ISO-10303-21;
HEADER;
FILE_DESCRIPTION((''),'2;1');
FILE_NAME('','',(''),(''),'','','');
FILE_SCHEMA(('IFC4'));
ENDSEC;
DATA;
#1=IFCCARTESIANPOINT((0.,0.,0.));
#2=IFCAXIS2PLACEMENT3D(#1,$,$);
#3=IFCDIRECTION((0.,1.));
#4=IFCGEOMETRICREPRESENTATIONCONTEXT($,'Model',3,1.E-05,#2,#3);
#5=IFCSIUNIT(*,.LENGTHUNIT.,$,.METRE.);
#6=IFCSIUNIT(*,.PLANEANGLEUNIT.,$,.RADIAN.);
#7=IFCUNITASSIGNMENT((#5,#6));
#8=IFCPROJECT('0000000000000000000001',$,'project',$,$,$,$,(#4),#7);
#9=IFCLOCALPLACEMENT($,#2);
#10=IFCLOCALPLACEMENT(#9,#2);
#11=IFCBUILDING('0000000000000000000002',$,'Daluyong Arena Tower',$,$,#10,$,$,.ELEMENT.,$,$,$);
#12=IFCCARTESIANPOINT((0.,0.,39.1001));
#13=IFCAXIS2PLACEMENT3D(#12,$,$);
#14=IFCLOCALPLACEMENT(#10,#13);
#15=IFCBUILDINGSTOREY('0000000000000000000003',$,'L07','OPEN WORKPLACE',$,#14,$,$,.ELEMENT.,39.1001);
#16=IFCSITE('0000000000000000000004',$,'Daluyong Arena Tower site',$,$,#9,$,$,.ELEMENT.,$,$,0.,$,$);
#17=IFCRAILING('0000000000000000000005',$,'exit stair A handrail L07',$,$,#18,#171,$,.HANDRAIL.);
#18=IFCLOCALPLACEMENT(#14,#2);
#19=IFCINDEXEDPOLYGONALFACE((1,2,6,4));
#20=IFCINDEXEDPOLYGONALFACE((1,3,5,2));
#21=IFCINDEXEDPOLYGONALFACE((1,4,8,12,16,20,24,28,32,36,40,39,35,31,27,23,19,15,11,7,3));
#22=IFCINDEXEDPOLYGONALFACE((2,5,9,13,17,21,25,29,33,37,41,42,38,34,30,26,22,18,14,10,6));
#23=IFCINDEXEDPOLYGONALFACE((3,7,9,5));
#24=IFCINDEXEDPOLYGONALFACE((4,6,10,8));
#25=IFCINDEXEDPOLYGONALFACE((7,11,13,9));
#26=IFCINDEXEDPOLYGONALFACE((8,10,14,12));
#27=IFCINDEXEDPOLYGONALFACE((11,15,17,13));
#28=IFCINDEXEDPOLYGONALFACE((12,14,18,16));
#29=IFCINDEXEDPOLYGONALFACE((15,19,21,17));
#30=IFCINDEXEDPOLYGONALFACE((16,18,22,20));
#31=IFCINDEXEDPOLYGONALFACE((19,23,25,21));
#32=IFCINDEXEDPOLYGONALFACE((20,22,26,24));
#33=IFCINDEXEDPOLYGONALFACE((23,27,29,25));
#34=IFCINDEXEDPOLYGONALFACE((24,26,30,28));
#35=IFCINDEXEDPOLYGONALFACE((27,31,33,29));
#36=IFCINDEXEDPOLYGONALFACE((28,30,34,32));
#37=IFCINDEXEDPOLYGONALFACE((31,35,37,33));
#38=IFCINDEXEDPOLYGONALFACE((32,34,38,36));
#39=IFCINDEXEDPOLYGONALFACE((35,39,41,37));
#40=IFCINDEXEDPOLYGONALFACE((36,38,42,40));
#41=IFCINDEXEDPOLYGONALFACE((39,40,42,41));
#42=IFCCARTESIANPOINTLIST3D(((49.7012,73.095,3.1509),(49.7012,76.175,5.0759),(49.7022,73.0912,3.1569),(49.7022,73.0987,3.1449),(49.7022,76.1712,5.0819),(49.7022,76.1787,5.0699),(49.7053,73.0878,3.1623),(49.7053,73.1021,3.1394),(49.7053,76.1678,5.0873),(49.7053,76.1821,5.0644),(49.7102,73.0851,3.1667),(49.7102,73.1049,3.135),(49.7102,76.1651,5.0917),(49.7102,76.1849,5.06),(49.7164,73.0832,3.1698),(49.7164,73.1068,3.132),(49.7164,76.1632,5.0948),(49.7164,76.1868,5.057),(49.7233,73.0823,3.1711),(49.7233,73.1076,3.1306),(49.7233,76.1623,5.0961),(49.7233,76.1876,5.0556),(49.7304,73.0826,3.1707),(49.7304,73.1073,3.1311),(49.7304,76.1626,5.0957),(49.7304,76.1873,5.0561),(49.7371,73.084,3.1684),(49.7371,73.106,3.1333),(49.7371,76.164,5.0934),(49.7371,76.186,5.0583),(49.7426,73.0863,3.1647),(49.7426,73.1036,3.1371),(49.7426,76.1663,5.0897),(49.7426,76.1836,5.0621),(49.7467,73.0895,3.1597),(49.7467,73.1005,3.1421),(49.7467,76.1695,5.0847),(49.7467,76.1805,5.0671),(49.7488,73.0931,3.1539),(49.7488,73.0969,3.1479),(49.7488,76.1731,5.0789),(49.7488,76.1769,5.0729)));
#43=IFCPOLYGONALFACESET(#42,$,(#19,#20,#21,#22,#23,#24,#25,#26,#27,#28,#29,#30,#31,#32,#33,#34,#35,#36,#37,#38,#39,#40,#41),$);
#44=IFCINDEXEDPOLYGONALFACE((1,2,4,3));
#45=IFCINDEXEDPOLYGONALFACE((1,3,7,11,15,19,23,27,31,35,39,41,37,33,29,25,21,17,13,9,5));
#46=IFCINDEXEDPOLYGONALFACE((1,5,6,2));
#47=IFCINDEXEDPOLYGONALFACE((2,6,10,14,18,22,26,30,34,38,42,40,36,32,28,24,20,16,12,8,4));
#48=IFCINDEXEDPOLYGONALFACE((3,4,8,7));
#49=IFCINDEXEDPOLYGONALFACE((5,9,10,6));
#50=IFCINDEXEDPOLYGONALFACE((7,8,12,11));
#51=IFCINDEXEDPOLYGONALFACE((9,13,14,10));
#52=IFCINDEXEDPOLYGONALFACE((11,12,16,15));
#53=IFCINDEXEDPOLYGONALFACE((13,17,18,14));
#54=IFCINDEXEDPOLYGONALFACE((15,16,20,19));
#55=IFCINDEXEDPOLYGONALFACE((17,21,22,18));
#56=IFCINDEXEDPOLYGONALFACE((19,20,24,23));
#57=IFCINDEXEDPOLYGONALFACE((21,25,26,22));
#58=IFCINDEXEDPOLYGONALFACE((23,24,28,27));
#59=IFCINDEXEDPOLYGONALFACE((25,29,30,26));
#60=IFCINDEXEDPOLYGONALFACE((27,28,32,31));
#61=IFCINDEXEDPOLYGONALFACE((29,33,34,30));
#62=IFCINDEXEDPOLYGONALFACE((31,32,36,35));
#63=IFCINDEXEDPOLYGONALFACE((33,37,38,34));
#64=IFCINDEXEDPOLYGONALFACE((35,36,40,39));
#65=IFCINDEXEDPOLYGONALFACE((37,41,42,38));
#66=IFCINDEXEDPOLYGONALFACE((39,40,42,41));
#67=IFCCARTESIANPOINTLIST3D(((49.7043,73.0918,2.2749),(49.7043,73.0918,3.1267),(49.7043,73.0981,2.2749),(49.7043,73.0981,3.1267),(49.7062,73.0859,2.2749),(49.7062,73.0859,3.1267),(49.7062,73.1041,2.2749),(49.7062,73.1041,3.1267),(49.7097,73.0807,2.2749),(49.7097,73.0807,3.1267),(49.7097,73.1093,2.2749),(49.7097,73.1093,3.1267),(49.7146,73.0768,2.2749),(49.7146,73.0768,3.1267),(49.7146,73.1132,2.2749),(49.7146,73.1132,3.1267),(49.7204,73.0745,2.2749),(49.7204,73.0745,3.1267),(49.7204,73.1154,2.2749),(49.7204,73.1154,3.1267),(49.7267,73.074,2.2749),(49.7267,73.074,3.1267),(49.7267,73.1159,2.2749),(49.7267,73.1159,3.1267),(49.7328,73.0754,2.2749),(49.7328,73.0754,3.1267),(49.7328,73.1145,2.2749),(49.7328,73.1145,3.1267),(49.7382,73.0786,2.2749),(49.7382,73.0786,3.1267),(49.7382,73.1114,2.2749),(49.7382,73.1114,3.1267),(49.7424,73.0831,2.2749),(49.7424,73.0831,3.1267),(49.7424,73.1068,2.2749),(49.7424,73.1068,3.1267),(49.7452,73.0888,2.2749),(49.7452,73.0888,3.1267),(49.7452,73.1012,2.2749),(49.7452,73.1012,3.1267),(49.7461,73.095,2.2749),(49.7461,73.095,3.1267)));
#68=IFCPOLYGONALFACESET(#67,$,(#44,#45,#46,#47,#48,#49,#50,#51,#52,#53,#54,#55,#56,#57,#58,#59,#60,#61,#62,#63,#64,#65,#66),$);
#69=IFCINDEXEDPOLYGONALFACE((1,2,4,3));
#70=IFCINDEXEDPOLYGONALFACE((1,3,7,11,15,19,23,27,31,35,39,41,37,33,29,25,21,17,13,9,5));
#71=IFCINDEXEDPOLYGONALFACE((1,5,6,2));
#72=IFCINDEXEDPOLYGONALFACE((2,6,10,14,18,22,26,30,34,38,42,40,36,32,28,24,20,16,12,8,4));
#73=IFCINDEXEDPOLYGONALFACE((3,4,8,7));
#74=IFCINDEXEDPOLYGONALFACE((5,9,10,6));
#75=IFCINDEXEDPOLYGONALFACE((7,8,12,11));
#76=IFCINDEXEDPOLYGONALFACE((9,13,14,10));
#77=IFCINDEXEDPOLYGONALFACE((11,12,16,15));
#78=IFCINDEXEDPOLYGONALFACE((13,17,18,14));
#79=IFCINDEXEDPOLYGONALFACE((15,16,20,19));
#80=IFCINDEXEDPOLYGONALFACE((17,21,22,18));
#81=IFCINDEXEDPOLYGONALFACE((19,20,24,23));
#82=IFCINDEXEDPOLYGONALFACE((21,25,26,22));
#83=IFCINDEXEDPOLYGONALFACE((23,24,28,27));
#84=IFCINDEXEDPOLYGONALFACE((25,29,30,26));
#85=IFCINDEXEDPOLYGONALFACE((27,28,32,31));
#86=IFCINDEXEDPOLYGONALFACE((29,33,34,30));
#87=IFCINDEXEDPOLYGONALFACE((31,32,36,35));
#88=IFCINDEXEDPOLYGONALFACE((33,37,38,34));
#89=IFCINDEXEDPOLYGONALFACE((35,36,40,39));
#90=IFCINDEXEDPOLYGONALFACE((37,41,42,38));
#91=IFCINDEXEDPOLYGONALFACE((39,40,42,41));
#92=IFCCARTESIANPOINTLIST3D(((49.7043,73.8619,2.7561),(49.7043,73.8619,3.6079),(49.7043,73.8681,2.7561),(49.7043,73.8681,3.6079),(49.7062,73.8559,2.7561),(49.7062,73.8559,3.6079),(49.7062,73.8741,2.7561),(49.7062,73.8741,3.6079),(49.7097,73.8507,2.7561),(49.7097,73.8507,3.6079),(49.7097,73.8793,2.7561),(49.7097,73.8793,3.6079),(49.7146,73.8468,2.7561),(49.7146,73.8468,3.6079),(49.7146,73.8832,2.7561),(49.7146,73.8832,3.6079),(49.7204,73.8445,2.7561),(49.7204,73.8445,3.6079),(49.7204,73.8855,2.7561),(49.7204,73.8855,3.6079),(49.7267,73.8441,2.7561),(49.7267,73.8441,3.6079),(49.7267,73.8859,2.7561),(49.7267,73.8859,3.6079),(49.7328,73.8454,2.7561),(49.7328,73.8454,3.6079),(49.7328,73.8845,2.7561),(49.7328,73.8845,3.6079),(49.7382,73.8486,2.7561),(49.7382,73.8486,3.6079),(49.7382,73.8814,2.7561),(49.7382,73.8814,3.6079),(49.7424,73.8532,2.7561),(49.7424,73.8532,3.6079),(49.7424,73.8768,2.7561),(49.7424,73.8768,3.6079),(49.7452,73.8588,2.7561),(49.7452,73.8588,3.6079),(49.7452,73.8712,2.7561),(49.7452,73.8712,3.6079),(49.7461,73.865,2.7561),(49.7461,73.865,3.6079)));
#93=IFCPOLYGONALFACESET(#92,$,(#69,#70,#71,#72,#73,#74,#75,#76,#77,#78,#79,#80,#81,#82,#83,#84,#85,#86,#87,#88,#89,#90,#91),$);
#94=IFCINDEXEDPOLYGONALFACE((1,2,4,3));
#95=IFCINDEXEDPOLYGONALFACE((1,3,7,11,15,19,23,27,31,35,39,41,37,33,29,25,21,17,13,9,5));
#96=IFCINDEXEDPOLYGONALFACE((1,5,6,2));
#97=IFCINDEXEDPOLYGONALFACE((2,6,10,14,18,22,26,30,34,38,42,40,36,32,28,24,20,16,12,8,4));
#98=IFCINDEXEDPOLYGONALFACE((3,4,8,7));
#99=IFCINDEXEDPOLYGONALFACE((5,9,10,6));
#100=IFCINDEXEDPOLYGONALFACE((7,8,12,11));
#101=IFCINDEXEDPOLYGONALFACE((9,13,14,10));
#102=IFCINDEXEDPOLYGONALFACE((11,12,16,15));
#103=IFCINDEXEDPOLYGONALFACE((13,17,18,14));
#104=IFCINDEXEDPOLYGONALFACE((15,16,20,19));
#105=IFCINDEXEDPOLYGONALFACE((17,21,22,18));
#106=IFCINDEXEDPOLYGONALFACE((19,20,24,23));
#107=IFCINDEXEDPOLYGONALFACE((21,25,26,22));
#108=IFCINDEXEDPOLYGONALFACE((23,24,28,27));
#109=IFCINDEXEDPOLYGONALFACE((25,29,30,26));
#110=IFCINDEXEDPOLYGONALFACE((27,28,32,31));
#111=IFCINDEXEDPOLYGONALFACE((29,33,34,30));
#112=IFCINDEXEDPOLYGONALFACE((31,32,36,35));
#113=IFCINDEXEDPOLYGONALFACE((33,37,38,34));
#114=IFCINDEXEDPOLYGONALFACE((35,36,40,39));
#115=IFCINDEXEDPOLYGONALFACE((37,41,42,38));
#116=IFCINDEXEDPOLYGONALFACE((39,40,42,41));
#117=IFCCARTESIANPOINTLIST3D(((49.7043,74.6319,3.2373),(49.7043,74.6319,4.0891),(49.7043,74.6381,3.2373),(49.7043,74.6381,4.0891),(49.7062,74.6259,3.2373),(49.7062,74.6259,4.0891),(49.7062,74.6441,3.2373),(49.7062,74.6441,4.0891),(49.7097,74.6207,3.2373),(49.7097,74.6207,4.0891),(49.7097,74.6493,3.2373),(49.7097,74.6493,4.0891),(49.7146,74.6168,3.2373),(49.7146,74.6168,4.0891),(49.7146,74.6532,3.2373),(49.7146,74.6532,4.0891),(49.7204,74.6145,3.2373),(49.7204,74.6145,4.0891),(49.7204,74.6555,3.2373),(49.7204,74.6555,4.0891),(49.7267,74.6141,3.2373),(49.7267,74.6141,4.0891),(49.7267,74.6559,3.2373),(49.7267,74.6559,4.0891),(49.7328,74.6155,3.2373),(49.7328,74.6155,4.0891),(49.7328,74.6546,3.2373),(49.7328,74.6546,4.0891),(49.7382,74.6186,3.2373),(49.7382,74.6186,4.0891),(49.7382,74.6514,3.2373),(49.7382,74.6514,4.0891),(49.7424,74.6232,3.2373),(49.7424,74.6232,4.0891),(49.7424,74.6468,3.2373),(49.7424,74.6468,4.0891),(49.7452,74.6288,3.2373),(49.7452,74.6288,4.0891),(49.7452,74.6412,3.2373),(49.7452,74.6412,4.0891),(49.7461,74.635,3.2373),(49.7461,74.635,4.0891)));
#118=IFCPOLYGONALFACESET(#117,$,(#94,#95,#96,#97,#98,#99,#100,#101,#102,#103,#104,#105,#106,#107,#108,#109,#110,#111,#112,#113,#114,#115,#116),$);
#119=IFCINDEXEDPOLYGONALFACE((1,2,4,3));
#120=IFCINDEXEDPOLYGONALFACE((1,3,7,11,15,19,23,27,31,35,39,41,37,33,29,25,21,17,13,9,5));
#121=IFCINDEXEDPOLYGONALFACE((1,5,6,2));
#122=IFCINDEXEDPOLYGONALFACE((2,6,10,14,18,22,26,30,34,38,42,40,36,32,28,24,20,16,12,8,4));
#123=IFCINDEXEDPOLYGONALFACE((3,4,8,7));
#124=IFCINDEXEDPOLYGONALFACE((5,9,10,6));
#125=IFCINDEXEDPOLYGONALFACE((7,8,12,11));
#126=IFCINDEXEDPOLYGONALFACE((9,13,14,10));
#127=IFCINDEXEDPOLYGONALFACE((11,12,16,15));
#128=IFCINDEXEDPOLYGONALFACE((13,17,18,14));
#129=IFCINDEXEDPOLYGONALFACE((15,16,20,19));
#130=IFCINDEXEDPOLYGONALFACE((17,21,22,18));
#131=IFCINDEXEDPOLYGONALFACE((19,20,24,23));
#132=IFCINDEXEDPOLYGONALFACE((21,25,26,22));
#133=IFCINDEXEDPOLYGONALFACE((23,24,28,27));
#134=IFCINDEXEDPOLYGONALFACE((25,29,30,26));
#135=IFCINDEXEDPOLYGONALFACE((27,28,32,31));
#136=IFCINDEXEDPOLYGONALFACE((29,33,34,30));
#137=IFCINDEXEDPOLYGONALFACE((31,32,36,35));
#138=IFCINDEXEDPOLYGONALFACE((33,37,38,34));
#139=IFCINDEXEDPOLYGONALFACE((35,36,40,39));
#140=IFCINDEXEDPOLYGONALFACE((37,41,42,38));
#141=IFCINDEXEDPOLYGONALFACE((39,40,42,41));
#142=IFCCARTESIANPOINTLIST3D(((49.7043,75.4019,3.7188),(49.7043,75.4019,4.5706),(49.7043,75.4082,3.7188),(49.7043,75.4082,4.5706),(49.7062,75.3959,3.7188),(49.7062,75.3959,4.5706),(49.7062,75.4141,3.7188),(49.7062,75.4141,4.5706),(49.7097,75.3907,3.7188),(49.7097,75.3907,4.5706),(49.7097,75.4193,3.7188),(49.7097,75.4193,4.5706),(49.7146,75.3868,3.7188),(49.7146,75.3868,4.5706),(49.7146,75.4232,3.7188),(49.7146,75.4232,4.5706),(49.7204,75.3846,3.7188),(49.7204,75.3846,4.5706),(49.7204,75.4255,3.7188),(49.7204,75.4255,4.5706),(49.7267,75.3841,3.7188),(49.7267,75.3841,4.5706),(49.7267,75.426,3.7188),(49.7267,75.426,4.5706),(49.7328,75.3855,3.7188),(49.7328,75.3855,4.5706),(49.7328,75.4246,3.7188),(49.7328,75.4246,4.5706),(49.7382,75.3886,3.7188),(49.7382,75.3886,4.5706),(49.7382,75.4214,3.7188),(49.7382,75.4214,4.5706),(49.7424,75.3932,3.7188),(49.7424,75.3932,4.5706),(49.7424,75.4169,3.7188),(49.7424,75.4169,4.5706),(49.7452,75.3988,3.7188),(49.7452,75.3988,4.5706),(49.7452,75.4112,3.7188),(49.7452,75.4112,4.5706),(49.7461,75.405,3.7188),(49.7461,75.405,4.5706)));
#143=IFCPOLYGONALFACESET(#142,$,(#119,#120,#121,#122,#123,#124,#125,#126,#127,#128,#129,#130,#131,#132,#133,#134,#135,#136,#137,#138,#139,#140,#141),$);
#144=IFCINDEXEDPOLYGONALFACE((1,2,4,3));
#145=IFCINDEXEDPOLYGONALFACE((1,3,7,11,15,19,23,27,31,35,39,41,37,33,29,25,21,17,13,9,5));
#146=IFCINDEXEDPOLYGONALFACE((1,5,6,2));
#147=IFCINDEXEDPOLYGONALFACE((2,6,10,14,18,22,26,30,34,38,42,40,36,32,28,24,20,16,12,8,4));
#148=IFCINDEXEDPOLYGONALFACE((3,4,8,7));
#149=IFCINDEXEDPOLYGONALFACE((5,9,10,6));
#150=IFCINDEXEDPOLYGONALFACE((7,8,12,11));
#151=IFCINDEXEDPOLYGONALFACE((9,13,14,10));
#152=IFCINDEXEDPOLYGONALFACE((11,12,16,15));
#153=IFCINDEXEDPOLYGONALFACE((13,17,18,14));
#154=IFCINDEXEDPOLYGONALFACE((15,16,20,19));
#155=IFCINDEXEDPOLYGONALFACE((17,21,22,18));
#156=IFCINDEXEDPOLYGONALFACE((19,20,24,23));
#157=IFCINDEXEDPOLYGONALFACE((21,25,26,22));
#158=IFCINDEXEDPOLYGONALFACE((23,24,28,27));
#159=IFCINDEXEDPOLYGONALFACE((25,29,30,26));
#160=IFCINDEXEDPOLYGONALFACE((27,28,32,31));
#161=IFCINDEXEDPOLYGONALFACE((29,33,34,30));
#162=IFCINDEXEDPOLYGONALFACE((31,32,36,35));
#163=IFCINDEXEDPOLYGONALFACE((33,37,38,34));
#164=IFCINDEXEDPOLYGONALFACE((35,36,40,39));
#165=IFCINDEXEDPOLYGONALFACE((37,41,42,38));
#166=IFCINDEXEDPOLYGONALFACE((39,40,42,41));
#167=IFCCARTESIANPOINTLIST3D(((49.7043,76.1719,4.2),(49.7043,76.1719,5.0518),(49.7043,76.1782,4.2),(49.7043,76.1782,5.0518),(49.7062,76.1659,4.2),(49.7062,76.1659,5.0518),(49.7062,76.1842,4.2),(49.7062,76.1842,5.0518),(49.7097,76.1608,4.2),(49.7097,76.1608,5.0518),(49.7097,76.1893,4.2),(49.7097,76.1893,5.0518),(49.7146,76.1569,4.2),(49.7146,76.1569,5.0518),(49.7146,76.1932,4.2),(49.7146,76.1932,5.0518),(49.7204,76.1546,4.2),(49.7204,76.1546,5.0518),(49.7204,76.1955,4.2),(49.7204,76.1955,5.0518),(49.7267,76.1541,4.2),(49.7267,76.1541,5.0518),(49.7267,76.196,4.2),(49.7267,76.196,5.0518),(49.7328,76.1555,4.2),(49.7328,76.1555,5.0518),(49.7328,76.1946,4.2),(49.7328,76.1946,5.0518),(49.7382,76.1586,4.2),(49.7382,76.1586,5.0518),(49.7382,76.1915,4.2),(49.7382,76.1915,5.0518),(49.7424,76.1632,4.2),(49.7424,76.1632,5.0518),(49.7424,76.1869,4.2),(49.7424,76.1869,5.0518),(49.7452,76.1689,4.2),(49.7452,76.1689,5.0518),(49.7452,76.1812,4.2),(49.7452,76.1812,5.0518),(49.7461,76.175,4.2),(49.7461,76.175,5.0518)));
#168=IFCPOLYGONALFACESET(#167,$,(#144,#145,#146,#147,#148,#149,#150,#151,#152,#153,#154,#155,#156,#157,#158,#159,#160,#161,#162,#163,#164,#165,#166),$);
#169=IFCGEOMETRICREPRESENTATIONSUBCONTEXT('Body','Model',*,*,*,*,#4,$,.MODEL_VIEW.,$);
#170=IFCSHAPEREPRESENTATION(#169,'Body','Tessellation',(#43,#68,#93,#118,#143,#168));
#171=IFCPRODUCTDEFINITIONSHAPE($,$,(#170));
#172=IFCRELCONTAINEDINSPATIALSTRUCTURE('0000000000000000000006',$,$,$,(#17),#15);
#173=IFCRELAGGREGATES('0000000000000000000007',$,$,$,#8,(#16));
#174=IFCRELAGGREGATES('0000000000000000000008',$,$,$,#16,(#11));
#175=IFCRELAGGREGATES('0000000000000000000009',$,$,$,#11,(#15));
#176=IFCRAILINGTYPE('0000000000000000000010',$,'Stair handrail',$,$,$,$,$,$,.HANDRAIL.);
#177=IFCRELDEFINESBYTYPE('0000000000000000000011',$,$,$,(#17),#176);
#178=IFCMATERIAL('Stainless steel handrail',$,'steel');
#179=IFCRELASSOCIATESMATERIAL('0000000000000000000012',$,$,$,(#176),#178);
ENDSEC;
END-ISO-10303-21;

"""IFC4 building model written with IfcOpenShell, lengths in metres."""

from ifc_helpers import new_model, si_unit, direction, frame, origin, origin_2d, place, context, subcontext, project, spatial, circle, extrude, material, type_object, element, save


model = new_model("IFC4")

# Units and contexts
model_context = context("Model", 3, precision=1e-05, world=origin(), true_north=direction((0.0, 1.0)))
body_context = subcontext(model_context, "Body", "Model", "MODEL_VIEW")
ifc_project = project(units=[si_unit("LENGTHUNIT", "METRE"), si_unit("PLANEANGLEUNIT", "RADIAN")], contexts=[model_context])

# Site, building, storey
site_placement = place(None, origin())
site = spatial("IfcSite", under=ifc_project, at=site_placement, Name="Daluyong Arena Tower site", CompositionType="ELEMENT", RefElevation=0.0)
building_placement = place(site_placement, origin())
building = spatial("IfcBuilding", under=site, at=building_placement, Name="Daluyong Arena Tower", CompositionType="ELEMENT")
storey_placement = place(building_placement, frame((0.0, 0.0, 39.1001)))
storey = spatial("IfcBuildingStorey", under=building, at=storey_placement, Name="L07", Description="OPEN WORKPLACE", CompositionType="ELEMENT", Elevation=39.1001)

# Railing
ifc_material_1 = material(Name="Stainless steel handrail", Category="steel")
railing_type_1 = type_object("IfcRailingType", Name="Stair handrail", PredefinedType="HANDRAIL", material=ifc_material_1)
railing_1_placement = place(storey_placement, frame((49.7251, 73.095, 2.2749)))
element("IfcRailing", 1, at=railing_1_placement, inside=storey, type_object=railing_type_1, Name="exit stair A handrail L07", PredefinedType="HANDRAIL", context=body_context, shape_type="SweptSolid", body=[
    extrude(circle(Radius=0.0239, at=origin_2d()), frame((0.0, 0.0, 0.876), z_axis=(0.0, 0.847998, 0.529999), x_axis=(-1.0, 0.0, 0.0)), (0.0, 0.0, 1.0), 3.6321),
    extrude(circle(Radius=0.021, at=origin_2d()), origin(), (0.0, 0.0, 1.0), 0.8518),
    extrude(circle(Radius=0.021, at=origin_2d()), frame((0.0, 0.77, 0.4812)), (0.0, 0.0, 1.0), 0.8518),
    extrude(circle(Radius=0.021, at=origin_2d()), frame((0.0, 1.54, 0.9624)), (0.0, 0.0, 1.0), 0.8518),
    extrude(circle(Radius=0.021, at=origin_2d()), frame((0.0, 2.3101, 1.4438)), (0.0, 0.0, 1.0), 0.8518),
    extrude(circle(Radius=0.021, at=origin_2d()), frame((0.0, 3.0801, 1.925)), (0.0, 0.0, 1.0), 0.8518),
])

save(model, "model.ifc")
